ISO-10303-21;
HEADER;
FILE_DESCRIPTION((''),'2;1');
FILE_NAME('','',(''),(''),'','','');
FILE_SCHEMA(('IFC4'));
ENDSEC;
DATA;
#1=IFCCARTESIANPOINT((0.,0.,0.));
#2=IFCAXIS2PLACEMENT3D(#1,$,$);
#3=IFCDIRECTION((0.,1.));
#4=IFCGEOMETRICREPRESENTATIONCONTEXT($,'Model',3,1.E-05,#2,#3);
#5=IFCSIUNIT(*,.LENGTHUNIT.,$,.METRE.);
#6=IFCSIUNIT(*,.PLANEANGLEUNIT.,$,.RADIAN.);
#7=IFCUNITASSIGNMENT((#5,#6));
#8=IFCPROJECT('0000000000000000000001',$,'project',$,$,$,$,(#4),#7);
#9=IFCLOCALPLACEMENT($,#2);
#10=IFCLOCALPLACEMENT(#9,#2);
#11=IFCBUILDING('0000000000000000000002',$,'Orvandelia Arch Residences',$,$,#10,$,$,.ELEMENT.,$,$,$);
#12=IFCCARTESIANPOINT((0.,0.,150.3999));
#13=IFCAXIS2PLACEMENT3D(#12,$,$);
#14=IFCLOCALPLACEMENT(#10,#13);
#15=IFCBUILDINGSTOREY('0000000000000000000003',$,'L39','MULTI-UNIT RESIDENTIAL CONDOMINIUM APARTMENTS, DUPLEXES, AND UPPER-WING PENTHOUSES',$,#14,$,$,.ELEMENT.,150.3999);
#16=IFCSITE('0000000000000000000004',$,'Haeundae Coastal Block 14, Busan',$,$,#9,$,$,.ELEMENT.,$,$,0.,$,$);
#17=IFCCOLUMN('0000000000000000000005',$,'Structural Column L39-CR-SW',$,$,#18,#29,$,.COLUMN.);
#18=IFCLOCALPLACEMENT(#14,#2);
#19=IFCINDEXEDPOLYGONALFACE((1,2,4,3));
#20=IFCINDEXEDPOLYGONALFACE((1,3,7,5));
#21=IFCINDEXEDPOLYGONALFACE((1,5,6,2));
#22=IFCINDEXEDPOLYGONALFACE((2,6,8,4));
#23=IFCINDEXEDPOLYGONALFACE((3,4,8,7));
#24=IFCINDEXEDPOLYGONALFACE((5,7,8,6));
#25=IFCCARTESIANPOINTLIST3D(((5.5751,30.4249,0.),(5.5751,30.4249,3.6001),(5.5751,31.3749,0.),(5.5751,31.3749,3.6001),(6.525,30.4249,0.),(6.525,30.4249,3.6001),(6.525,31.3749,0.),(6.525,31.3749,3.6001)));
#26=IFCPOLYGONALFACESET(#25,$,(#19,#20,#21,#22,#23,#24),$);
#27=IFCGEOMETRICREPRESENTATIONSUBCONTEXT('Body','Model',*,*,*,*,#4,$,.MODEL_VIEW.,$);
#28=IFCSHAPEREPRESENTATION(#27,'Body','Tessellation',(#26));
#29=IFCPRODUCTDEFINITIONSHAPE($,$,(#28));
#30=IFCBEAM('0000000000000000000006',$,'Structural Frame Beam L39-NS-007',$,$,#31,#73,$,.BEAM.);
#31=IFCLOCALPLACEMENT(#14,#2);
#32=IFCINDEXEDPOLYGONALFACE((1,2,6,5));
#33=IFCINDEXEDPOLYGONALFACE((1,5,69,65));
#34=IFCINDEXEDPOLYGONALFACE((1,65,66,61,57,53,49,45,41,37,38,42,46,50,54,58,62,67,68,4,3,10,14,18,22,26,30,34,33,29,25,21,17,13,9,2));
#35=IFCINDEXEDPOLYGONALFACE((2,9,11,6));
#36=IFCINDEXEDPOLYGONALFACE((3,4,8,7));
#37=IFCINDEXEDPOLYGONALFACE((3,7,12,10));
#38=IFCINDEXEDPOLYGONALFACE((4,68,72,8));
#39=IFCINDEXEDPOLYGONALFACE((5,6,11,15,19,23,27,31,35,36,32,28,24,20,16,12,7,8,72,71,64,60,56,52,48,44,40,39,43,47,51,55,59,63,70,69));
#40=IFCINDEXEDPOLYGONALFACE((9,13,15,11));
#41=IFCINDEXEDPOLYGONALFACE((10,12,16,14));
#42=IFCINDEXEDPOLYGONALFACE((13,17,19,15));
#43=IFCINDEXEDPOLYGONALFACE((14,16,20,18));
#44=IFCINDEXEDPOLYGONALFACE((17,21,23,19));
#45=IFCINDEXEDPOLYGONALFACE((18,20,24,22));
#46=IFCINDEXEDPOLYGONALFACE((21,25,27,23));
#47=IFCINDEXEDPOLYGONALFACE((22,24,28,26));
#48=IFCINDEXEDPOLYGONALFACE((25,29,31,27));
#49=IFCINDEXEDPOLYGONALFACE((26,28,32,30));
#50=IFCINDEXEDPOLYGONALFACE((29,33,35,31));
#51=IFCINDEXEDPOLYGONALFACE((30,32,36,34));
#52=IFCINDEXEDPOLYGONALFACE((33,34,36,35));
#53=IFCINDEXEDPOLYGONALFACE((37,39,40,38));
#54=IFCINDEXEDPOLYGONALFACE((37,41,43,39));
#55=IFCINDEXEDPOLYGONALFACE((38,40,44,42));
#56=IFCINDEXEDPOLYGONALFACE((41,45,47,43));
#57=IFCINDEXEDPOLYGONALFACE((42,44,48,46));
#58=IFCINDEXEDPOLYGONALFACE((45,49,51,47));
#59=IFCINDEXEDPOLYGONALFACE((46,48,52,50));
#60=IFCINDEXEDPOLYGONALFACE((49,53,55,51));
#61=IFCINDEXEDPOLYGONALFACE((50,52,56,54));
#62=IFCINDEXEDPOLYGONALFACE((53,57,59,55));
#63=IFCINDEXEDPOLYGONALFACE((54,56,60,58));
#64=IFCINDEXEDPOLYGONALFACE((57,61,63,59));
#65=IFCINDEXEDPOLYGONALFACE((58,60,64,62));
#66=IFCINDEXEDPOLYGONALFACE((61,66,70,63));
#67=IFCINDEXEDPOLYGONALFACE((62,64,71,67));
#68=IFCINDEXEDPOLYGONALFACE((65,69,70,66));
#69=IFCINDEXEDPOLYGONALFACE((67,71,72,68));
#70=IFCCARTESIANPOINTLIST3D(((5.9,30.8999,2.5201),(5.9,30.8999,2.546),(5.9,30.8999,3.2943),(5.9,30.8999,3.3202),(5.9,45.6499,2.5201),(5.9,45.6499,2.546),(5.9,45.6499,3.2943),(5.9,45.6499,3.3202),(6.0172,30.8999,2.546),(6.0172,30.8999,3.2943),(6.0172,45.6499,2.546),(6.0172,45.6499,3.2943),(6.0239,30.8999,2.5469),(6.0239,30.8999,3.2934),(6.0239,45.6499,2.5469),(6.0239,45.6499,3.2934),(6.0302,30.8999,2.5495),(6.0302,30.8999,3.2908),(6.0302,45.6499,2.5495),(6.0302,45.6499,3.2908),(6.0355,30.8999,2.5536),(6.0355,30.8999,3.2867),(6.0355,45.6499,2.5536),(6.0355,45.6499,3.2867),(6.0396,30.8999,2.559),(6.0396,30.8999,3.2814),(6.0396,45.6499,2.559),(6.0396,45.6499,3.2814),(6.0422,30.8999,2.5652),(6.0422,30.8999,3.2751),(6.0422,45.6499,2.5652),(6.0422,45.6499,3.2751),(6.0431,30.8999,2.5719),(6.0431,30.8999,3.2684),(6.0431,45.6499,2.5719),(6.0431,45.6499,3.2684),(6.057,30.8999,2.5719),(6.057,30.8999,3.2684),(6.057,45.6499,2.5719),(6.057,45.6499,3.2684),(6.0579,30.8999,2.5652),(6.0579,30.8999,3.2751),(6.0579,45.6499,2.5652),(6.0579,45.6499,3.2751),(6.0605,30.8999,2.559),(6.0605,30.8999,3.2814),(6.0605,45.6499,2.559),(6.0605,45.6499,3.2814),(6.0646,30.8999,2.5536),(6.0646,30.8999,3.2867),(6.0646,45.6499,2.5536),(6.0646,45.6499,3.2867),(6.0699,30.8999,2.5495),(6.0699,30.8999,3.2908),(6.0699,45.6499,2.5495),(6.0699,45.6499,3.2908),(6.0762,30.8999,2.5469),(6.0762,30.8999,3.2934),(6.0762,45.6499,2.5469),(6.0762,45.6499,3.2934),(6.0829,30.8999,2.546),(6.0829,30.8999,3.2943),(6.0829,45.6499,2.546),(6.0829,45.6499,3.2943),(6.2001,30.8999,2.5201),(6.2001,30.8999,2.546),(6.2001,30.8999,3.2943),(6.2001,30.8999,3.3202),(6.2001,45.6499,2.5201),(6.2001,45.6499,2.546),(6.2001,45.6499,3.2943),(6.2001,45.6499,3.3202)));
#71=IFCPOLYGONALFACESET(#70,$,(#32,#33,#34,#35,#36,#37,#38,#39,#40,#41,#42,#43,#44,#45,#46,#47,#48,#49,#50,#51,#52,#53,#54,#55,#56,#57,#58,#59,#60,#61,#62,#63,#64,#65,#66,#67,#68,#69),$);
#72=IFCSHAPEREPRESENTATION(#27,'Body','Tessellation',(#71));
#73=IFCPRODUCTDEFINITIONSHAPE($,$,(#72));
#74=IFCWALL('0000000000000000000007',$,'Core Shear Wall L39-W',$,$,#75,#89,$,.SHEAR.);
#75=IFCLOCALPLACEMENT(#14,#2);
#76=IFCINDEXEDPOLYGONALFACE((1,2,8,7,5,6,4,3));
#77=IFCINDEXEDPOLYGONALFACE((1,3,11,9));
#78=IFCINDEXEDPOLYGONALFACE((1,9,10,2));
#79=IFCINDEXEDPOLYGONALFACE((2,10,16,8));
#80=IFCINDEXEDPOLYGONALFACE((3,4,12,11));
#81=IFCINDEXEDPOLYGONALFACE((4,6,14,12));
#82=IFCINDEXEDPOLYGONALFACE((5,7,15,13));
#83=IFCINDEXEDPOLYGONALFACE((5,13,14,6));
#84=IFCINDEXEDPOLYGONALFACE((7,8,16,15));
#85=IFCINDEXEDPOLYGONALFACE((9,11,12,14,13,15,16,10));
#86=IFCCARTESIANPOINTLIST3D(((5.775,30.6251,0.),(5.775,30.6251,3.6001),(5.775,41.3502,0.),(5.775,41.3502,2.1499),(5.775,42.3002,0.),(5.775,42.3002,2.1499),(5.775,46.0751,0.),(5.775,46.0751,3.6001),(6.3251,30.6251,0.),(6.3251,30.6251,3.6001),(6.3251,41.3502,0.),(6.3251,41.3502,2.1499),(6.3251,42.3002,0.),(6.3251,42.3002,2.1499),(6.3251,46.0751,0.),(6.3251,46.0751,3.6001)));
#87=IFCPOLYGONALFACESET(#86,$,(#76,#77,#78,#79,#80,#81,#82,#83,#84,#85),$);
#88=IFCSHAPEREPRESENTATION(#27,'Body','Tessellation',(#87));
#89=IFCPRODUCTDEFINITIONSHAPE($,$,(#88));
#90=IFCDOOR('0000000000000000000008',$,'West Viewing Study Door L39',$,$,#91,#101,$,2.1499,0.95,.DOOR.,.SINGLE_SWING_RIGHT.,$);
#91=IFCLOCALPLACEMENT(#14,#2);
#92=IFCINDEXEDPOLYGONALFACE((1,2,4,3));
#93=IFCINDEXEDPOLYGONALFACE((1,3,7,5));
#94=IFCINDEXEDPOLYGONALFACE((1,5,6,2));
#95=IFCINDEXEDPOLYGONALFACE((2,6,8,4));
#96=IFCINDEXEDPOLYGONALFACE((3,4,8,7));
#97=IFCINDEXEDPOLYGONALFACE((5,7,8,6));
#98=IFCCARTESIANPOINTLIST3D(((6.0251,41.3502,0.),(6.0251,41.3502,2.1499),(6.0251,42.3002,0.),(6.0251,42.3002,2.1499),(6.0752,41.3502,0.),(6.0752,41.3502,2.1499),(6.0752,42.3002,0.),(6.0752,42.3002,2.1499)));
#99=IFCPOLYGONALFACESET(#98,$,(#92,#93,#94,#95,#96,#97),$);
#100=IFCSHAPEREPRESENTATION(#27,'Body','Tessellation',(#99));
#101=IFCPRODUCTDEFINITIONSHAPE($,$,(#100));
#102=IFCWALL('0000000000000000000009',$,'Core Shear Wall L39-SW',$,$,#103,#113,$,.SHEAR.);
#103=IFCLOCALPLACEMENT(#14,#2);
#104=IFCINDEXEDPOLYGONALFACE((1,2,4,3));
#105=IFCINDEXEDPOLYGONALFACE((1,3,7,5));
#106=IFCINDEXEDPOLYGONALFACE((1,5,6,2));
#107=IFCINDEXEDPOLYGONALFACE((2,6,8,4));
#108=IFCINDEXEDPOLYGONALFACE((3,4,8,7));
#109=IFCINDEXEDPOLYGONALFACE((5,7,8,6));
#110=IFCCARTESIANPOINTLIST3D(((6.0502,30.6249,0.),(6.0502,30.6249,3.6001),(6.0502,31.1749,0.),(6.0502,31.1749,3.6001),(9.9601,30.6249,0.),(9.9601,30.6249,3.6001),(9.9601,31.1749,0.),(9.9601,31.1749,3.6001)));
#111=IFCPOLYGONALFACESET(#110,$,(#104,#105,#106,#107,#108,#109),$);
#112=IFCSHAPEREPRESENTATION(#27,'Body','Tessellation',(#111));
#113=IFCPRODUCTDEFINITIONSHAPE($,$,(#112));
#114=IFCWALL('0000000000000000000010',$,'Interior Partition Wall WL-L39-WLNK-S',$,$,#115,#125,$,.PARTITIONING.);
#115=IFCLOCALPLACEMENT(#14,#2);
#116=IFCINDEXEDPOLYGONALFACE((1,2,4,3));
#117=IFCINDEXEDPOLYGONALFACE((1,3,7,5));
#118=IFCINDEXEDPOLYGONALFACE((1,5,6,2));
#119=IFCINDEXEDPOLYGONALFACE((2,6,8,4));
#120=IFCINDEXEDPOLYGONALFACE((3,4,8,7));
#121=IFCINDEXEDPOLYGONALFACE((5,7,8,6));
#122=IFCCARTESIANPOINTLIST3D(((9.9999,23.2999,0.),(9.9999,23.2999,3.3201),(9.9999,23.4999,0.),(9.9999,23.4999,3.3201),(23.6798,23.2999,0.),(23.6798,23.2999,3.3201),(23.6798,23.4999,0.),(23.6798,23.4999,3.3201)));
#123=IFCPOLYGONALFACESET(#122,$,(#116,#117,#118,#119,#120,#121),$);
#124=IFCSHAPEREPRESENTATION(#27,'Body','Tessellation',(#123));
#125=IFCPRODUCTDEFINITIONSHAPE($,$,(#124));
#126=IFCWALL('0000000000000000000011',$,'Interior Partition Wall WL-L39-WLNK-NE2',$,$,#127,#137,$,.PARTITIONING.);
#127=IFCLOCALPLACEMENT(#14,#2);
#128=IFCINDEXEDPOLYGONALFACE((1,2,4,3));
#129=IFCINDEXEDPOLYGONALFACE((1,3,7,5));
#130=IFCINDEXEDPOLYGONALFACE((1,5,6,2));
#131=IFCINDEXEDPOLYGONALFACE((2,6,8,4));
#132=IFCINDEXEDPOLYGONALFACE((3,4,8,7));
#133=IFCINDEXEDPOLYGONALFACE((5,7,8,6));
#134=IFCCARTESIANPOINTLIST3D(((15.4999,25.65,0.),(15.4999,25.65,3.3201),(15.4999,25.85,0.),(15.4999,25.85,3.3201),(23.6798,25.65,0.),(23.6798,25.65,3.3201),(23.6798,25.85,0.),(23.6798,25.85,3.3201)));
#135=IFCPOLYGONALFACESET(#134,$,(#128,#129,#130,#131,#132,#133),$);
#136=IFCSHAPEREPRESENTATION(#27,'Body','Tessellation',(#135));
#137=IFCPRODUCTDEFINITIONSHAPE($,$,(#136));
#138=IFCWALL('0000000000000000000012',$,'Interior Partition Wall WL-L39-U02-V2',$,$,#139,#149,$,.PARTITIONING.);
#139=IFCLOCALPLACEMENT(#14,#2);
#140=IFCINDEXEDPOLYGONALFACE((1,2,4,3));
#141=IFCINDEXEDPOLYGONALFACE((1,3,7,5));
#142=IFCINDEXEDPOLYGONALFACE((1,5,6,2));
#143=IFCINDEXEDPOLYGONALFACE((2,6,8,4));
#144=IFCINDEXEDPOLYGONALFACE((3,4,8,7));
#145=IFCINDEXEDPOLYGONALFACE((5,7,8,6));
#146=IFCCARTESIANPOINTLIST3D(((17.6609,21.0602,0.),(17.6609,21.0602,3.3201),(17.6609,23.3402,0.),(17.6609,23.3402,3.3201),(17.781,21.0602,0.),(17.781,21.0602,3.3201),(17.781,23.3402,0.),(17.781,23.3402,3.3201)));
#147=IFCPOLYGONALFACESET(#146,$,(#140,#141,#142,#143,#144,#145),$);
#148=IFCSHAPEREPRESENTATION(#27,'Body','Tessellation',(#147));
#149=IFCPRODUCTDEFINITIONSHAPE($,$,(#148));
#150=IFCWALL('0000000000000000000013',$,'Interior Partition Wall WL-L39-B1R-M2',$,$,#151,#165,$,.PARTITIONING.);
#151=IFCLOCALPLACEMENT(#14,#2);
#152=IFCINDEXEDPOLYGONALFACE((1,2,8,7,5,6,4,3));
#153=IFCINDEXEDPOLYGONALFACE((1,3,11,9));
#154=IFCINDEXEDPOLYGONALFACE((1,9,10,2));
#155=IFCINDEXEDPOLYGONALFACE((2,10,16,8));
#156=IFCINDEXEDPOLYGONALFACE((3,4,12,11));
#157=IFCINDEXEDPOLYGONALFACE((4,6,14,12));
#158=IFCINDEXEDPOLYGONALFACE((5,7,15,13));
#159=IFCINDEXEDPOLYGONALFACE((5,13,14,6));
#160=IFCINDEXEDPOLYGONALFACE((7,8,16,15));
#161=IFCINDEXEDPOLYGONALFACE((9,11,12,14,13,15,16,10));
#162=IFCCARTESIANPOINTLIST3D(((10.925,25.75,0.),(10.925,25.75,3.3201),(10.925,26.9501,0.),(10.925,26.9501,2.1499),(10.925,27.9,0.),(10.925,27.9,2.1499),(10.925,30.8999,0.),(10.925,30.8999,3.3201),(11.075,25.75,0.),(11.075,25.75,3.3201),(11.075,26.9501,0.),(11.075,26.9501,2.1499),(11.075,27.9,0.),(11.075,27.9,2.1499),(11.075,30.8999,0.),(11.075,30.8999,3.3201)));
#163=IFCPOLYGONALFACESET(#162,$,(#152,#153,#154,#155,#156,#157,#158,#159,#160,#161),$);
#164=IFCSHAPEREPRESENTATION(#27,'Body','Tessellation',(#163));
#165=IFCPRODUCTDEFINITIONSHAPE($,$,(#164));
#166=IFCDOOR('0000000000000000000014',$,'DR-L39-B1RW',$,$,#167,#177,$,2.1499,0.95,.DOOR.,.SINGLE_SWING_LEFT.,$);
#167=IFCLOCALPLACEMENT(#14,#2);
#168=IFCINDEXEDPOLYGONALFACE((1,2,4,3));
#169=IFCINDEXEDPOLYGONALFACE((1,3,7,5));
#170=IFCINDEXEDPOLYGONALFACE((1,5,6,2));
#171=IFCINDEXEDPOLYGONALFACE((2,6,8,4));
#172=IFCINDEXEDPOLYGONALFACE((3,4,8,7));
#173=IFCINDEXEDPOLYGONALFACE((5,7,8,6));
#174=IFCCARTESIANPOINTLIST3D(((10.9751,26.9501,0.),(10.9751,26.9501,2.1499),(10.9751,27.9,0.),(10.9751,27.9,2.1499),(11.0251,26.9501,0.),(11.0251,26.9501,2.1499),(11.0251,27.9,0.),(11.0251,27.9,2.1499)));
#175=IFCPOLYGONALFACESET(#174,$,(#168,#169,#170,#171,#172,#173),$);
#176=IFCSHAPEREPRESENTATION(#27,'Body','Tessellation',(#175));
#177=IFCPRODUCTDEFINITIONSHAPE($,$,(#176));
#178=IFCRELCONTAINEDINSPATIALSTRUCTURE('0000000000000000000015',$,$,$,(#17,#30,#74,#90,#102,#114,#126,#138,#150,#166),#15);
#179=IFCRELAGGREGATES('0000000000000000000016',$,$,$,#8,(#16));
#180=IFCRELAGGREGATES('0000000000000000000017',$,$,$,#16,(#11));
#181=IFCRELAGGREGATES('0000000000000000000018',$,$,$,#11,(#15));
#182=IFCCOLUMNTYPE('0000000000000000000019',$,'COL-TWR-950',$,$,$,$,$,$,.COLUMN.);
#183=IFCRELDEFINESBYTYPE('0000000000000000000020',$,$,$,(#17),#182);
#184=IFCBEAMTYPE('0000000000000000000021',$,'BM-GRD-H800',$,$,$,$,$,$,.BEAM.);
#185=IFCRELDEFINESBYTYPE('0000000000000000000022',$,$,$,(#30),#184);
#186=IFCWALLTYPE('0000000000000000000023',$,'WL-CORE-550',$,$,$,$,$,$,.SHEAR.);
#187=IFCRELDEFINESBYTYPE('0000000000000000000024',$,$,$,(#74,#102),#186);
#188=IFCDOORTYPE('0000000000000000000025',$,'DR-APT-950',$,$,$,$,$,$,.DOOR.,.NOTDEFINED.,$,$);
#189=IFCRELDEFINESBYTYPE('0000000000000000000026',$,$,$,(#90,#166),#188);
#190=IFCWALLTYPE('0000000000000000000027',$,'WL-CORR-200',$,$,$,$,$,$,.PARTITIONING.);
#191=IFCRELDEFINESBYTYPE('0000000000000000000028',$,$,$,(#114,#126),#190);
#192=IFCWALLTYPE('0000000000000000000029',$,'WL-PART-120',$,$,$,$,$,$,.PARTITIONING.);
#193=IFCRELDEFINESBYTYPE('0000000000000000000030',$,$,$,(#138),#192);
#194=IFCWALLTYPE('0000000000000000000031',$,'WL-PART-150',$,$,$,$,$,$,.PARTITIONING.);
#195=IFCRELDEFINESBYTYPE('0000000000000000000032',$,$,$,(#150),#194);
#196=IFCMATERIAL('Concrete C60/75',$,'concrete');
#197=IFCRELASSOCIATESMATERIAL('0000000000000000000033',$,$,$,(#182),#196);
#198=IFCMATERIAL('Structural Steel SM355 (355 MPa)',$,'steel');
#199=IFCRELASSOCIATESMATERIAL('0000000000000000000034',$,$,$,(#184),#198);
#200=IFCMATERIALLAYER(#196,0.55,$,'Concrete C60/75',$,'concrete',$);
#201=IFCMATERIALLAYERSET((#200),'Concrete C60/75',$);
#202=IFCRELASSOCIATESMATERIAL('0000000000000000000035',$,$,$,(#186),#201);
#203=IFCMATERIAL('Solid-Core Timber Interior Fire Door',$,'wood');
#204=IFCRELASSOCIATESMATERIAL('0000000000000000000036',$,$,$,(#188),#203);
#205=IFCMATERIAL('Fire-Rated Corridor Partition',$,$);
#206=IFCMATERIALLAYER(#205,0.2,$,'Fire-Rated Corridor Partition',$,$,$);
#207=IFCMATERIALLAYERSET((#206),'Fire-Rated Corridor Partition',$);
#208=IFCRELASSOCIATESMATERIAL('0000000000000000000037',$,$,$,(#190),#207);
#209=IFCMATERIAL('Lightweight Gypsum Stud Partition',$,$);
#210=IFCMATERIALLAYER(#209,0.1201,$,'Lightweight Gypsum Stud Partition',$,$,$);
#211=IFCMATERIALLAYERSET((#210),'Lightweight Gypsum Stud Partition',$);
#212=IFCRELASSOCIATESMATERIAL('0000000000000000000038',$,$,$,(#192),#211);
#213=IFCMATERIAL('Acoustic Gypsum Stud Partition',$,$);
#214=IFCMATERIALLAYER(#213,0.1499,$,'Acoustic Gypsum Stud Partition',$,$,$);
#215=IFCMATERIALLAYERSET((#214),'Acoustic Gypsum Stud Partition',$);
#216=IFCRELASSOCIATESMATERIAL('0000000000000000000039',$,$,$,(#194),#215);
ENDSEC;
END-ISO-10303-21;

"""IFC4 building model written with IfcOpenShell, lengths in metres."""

from ifc_helpers import new_model, si_unit, direction, frame, frame_2d, origin, origin_2d, place, context, subcontext, project, spatial, rectangle, i_section, extrude, material, layer, layer_set, material_profile, profile_set, type_object, element, fill, save


model = new_model("IFC4")

# Units and contexts
model_context = context("Model", 3, precision=1e-05, world=origin(), true_north=direction((0.0, 1.0)))
body_context = subcontext(model_context, "Body", "Model", "MODEL_VIEW")
ifc_project = project(units=[si_unit("LENGTHUNIT", "METRE"), si_unit("PLANEANGLEUNIT", "RADIAN")], contexts=[model_context])

# Site, building, storey
site_placement = place(None, origin())
site = spatial("IfcSite", under=ifc_project, at=site_placement, Name="Haeundae Coastal Block 14, Busan", CompositionType="ELEMENT", RefElevation=0.0)
building_placement = place(site_placement, origin())
building = spatial("IfcBuilding", under=site, at=building_placement, Name="Orvandelia Arch Residences", CompositionType="ELEMENT")
storey_placement = place(building_placement, frame((0.0, 0.0, 150.3999)))
storey = spatial("IfcBuildingStorey", under=building, at=storey_placement, Name="L39", Description="MULTI-UNIT RESIDENTIAL CONDOMINIUM APARTMENTS, DUPLEXES, AND UPPER-WING PENTHOUSES", CompositionType="ELEMENT", Elevation=150.3999)

# Column
ifc_material_1 = material(Name="Concrete C60/75", Category="concrete")
ifc_material_profile_1 = material_profile(ifc_material_1, rectangle(XDim=0.95, YDim=0.95, at=origin_2d()), Name="Concrete C60/75", Category="concrete")
ifc_profile_set_1 = profile_set([ifc_material_profile_1], Name="Concrete C60/75")
column_type = type_object("IfcColumnType", Name="COL-TWR-950", PredefinedType="COLUMN", material=ifc_profile_set_1)
column_placement = place(storey_placement, frame((6.05, 30.8999, 0.0), z_axis=(0.0, 0.0, 1.0), x_axis=(1.0, 0.0, 0.0)))
element("IfcColumn", 1, at=column_placement, inside=storey, type_object=column_type, Name="Structural Column L39-CR-SW", PredefinedType="COLUMN", context=body_context, shape_type="SweptSolid", body=[
    extrude(rectangle(XDim=0.95, YDim=0.95, at=origin_2d()), origin(), (0.0, 0.0, 1.0), 3.6001),
])

# Beam
ifc_material_2 = material(Name="Structural Steel SM355 (355 MPa)", Category="steel")
ifc_material_profile_2 = material_profile(ifc_material_2, i_section(OverallWidth=0.3, OverallDepth=0.8, WebThickness=0.0139, FlangeThickness=0.0259, FilletRadius=0.0259, at=origin_2d()), Name="Structural Steel SM355 (355 MPa)", Category="steel")
ifc_profile_set_2 = profile_set([ifc_material_profile_2], Name="Structural Steel SM355 (355 MPa)")
beam_type = type_object("IfcBeamType", Name="BM-GRD-H800", PredefinedType="BEAM", material=ifc_profile_set_2)
beam_placement = place(storey_placement, frame((6.05, 30.8999, 2.9202), z_axis=(0.0, 1.0, 0.0), x_axis=(-1.0, 0.0, 0.0)))
element("IfcBeam", 2, at=beam_placement, inside=storey, type_object=beam_type, Name="Structural Frame Beam L39-NS-007", PredefinedType="BEAM", context=body_context, shape_type="SweptSolid", body=[
    extrude(i_section(OverallWidth=0.3, OverallDepth=0.8, WebThickness=0.0139, FlangeThickness=0.0259, FilletRadius=0.0259, at=origin_2d()), origin(), (0.0, 0.0, 1.0), 14.75),
])

# Wall, opening, door
ifc_layer_1 = layer(ifc_material_1, 0.55, Name="Concrete C60/75", Category="concrete")
ifc_layer_set_1 = layer_set([ifc_layer_1], Name="Concrete C60/75")
wall_type_1 = type_object("IfcWallType", Name="WL-CORE-550", PredefinedType="SHEAR", material=ifc_layer_set_1)
wall_1_placement = place(storey_placement, frame((6.05, 30.625, 0.0), z_axis=(0.0, 0.0, 1.0), x_axis=(0.0, 1.0, 0.0)))
wall_1 = element("IfcWall", 3, at=wall_1_placement, inside=storey, type_object=wall_type_1, Name="Core Shear Wall L39-W", PredefinedType="SHEAR", context=body_context, shape_type="SweptSolid", body=[
    extrude(rectangle(XDim=15.45, YDim=0.55, at=frame_2d((7.7251, 0.0))), origin(), (0.0, 0.0, 1.0), 3.6001),
])
opening_1_placement = place(wall_1_placement, frame((10.7251, 0.0, 0.0)))
opening_1 = element("IfcOpeningElement", 4, at=opening_1_placement, cuts=wall_1, PredefinedType="OPENING", context=body_context, shape_type="SweptSolid", body=[
    extrude(rectangle(XDim=0.95, YDim=2.1499, at=frame_2d((0.4751, 1.075))), frame((0.0, 0.2852, 0.0), z_axis=(0.0, -1.0, 0.0), x_axis=(1.0, 0.0, 0.0)), (0.0, 0.0, 1.0), 0.5701),
])
ifc_material_3 = material(Name="Solid-Core Timber Interior Fire Door", Category="wood")
door_type_1 = type_object("IfcDoorType", Name="DR-APT-950", OperationType="NOTDEFINED", PredefinedType="DOOR", material=ifc_material_3)
door_1_placement = place(opening_1_placement, origin())
door_1 = element("IfcDoor", 5, at=door_1_placement, inside=storey, type_object=door_type_1, Name="West Viewing Study Door L39", OperationType="SINGLE_SWING_RIGHT", OverallHeight=2.1499, OverallWidth=0.95, PredefinedType="DOOR", context=body_context, shape_type="SweptSolid", body=[
    extrude(rectangle(XDim=0.95, YDim=2.1499, at=frame_2d((0.4751, 1.075))), frame((0.0, 0.0249, 0.0), z_axis=(0.0, -1.0, 0.0), x_axis=(1.0, 0.0, 0.0)), (0.0, 0.0, 1.0), 0.05),
])
fill(opening_1, door_1)

# Walls
wall_2_placement = place(storey_placement, frame((6.05, 30.8999, 0.0), z_axis=(0.0, 0.0, 1.0), x_axis=(1.0, 0.0, 0.0)))
element("IfcWall", 6, at=wall_2_placement, inside=storey, type_object=wall_type_1, Name="Core Shear Wall L39-SW", PredefinedType="SHEAR", context=body_context, shape_type="SweptSolid", body=[
    extrude(rectangle(XDim=3.9099, YDim=0.55, at=frame_2d((1.9551, 0.0))), origin(), (0.0, 0.0, 1.0), 3.6001),
])
ifc_material_4 = material(Name="Fire-Rated Corridor Partition")
ifc_layer_2 = layer(ifc_material_4, 0.2, Name="Fire-Rated Corridor Partition")
ifc_layer_set_2 = layer_set([ifc_layer_2], Name="Fire-Rated Corridor Partition")
wall_type_2 = type_object("IfcWallType", Name="WL-CORR-200", PredefinedType="PARTITIONING", material=ifc_layer_set_2)
wall_3_placement = place(storey_placement, frame((10.0, 23.3999, 0.0), z_axis=(0.0, 0.0, 1.0), x_axis=(1.0, 0.0, 0.0)))
element("IfcWall", 7, at=wall_3_placement, inside=storey, type_object=wall_type_2, Name="Interior Partition Wall WL-L39-WLNK-S", PredefinedType="PARTITIONING", context=body_context, shape_type="SweptSolid", body=[
    extrude(rectangle(XDim=13.6799, YDim=0.2, at=frame_2d((6.8398, 0.0))), origin(), (0.0, 0.0, 1.0), 3.3201),
])
wall_4_placement = place(storey_placement, frame((15.5, 25.75, 0.0), z_axis=(0.0, 0.0, 1.0), x_axis=(1.0, 0.0, 0.0)))
element("IfcWall", 8, at=wall_4_placement, inside=storey, type_object=wall_type_2, Name="Interior Partition Wall WL-L39-WLNK-NE2", PredefinedType="PARTITIONING", context=body_context, shape_type="SweptSolid", body=[
    extrude(rectangle(XDim=8.1799, YDim=0.2, at=frame_2d((4.0898, 0.0))), origin(), (0.0, 0.0, 1.0), 3.3201),
])
ifc_material_5 = material(Name="Lightweight Gypsum Stud Partition")
ifc_layer_3 = layer(ifc_material_5, 0.1201, Name="Lightweight Gypsum Stud Partition")
ifc_layer_set_3 = layer_set([ifc_layer_3], Name="Lightweight Gypsum Stud Partition")
wall_type_3 = type_object("IfcWallType", Name="WL-PART-120", PredefinedType="PARTITIONING", material=ifc_layer_set_3)
wall_5_placement = place(storey_placement, frame((17.7209, 21.0601, 0.0), z_axis=(0.0, 0.0, 1.0), x_axis=(0.0, 1.0, 0.0)))
element("IfcWall", 9, at=wall_5_placement, inside=storey, type_object=wall_type_3, Name="Interior Partition Wall WL-L39-U02-V2", PredefinedType="PARTITIONING", context=body_context, shape_type="SweptSolid", body=[
    extrude(rectangle(XDim=2.28, YDim=0.1201, at=frame_2d((1.1401, 0.0))), origin(), (0.0, 0.0, 1.0), 3.3201),
])

# Wall, opening, door
ifc_material_6 = material(Name="Acoustic Gypsum Stud Partition")
ifc_layer_4 = layer(ifc_material_6, 0.1499, Name="Acoustic Gypsum Stud Partition")
ifc_layer_set_4 = layer_set([ifc_layer_4], Name="Acoustic Gypsum Stud Partition")
wall_type_4 = type_object("IfcWallType", Name="WL-PART-150", PredefinedType="PARTITIONING", material=ifc_layer_set_4)
wall_6_placement = place(storey_placement, frame((11.0, 25.75, 0.0), z_axis=(0.0, 0.0, 1.0), x_axis=(0.0, 1.0, 0.0)))
wall_6 = element("IfcWall", 10, at=wall_6_placement, inside=storey, type_object=wall_type_4, Name="Interior Partition Wall WL-L39-B1R-M2", PredefinedType="PARTITIONING", context=body_context, shape_type="SweptSolid", body=[
    extrude(rectangle(XDim=5.1499, YDim=0.1499, at=frame_2d((2.575, 0.0))), origin(), (0.0, 0.0, 1.0), 3.3201),
])
opening_2_placement = place(wall_6_placement, frame((1.2, 0.0, 0.0)))
opening_2 = element("IfcOpeningElement", 11, at=opening_2_placement, cuts=wall_6, PredefinedType="OPENING", context=body_context, shape_type="SweptSolid", body=[
    extrude(rectangle(XDim=0.95, YDim=2.1499, at=frame_2d((0.4751, 1.075))), frame((0.0, 0.085, 0.0), z_axis=(0.0, -1.0, 0.0), x_axis=(1.0, 0.0, 0.0)), (0.0, 0.0, 1.0), 0.1699),
])
door_2_placement = place(opening_2_placement, origin())
door_2 = element("IfcDoor", 12, at=door_2_placement, inside=storey, type_object=door_type_1, Name="DR-L39-B1RW", OperationType="SINGLE_SWING_LEFT", OverallHeight=2.1499, OverallWidth=0.95, PredefinedType="DOOR", context=body_context, shape_type="SweptSolid", body=[
    extrude(rectangle(XDim=0.95, YDim=2.1499, at=frame_2d((0.4751, 1.075))), frame((0.0, 0.0249, 0.0), z_axis=(0.0, -1.0, 0.0), x_axis=(1.0, 0.0, 0.0)), (0.0, 0.0, 1.0), 0.05),
])
fill(opening_2, door_2)

save(model, "model.ifc")
